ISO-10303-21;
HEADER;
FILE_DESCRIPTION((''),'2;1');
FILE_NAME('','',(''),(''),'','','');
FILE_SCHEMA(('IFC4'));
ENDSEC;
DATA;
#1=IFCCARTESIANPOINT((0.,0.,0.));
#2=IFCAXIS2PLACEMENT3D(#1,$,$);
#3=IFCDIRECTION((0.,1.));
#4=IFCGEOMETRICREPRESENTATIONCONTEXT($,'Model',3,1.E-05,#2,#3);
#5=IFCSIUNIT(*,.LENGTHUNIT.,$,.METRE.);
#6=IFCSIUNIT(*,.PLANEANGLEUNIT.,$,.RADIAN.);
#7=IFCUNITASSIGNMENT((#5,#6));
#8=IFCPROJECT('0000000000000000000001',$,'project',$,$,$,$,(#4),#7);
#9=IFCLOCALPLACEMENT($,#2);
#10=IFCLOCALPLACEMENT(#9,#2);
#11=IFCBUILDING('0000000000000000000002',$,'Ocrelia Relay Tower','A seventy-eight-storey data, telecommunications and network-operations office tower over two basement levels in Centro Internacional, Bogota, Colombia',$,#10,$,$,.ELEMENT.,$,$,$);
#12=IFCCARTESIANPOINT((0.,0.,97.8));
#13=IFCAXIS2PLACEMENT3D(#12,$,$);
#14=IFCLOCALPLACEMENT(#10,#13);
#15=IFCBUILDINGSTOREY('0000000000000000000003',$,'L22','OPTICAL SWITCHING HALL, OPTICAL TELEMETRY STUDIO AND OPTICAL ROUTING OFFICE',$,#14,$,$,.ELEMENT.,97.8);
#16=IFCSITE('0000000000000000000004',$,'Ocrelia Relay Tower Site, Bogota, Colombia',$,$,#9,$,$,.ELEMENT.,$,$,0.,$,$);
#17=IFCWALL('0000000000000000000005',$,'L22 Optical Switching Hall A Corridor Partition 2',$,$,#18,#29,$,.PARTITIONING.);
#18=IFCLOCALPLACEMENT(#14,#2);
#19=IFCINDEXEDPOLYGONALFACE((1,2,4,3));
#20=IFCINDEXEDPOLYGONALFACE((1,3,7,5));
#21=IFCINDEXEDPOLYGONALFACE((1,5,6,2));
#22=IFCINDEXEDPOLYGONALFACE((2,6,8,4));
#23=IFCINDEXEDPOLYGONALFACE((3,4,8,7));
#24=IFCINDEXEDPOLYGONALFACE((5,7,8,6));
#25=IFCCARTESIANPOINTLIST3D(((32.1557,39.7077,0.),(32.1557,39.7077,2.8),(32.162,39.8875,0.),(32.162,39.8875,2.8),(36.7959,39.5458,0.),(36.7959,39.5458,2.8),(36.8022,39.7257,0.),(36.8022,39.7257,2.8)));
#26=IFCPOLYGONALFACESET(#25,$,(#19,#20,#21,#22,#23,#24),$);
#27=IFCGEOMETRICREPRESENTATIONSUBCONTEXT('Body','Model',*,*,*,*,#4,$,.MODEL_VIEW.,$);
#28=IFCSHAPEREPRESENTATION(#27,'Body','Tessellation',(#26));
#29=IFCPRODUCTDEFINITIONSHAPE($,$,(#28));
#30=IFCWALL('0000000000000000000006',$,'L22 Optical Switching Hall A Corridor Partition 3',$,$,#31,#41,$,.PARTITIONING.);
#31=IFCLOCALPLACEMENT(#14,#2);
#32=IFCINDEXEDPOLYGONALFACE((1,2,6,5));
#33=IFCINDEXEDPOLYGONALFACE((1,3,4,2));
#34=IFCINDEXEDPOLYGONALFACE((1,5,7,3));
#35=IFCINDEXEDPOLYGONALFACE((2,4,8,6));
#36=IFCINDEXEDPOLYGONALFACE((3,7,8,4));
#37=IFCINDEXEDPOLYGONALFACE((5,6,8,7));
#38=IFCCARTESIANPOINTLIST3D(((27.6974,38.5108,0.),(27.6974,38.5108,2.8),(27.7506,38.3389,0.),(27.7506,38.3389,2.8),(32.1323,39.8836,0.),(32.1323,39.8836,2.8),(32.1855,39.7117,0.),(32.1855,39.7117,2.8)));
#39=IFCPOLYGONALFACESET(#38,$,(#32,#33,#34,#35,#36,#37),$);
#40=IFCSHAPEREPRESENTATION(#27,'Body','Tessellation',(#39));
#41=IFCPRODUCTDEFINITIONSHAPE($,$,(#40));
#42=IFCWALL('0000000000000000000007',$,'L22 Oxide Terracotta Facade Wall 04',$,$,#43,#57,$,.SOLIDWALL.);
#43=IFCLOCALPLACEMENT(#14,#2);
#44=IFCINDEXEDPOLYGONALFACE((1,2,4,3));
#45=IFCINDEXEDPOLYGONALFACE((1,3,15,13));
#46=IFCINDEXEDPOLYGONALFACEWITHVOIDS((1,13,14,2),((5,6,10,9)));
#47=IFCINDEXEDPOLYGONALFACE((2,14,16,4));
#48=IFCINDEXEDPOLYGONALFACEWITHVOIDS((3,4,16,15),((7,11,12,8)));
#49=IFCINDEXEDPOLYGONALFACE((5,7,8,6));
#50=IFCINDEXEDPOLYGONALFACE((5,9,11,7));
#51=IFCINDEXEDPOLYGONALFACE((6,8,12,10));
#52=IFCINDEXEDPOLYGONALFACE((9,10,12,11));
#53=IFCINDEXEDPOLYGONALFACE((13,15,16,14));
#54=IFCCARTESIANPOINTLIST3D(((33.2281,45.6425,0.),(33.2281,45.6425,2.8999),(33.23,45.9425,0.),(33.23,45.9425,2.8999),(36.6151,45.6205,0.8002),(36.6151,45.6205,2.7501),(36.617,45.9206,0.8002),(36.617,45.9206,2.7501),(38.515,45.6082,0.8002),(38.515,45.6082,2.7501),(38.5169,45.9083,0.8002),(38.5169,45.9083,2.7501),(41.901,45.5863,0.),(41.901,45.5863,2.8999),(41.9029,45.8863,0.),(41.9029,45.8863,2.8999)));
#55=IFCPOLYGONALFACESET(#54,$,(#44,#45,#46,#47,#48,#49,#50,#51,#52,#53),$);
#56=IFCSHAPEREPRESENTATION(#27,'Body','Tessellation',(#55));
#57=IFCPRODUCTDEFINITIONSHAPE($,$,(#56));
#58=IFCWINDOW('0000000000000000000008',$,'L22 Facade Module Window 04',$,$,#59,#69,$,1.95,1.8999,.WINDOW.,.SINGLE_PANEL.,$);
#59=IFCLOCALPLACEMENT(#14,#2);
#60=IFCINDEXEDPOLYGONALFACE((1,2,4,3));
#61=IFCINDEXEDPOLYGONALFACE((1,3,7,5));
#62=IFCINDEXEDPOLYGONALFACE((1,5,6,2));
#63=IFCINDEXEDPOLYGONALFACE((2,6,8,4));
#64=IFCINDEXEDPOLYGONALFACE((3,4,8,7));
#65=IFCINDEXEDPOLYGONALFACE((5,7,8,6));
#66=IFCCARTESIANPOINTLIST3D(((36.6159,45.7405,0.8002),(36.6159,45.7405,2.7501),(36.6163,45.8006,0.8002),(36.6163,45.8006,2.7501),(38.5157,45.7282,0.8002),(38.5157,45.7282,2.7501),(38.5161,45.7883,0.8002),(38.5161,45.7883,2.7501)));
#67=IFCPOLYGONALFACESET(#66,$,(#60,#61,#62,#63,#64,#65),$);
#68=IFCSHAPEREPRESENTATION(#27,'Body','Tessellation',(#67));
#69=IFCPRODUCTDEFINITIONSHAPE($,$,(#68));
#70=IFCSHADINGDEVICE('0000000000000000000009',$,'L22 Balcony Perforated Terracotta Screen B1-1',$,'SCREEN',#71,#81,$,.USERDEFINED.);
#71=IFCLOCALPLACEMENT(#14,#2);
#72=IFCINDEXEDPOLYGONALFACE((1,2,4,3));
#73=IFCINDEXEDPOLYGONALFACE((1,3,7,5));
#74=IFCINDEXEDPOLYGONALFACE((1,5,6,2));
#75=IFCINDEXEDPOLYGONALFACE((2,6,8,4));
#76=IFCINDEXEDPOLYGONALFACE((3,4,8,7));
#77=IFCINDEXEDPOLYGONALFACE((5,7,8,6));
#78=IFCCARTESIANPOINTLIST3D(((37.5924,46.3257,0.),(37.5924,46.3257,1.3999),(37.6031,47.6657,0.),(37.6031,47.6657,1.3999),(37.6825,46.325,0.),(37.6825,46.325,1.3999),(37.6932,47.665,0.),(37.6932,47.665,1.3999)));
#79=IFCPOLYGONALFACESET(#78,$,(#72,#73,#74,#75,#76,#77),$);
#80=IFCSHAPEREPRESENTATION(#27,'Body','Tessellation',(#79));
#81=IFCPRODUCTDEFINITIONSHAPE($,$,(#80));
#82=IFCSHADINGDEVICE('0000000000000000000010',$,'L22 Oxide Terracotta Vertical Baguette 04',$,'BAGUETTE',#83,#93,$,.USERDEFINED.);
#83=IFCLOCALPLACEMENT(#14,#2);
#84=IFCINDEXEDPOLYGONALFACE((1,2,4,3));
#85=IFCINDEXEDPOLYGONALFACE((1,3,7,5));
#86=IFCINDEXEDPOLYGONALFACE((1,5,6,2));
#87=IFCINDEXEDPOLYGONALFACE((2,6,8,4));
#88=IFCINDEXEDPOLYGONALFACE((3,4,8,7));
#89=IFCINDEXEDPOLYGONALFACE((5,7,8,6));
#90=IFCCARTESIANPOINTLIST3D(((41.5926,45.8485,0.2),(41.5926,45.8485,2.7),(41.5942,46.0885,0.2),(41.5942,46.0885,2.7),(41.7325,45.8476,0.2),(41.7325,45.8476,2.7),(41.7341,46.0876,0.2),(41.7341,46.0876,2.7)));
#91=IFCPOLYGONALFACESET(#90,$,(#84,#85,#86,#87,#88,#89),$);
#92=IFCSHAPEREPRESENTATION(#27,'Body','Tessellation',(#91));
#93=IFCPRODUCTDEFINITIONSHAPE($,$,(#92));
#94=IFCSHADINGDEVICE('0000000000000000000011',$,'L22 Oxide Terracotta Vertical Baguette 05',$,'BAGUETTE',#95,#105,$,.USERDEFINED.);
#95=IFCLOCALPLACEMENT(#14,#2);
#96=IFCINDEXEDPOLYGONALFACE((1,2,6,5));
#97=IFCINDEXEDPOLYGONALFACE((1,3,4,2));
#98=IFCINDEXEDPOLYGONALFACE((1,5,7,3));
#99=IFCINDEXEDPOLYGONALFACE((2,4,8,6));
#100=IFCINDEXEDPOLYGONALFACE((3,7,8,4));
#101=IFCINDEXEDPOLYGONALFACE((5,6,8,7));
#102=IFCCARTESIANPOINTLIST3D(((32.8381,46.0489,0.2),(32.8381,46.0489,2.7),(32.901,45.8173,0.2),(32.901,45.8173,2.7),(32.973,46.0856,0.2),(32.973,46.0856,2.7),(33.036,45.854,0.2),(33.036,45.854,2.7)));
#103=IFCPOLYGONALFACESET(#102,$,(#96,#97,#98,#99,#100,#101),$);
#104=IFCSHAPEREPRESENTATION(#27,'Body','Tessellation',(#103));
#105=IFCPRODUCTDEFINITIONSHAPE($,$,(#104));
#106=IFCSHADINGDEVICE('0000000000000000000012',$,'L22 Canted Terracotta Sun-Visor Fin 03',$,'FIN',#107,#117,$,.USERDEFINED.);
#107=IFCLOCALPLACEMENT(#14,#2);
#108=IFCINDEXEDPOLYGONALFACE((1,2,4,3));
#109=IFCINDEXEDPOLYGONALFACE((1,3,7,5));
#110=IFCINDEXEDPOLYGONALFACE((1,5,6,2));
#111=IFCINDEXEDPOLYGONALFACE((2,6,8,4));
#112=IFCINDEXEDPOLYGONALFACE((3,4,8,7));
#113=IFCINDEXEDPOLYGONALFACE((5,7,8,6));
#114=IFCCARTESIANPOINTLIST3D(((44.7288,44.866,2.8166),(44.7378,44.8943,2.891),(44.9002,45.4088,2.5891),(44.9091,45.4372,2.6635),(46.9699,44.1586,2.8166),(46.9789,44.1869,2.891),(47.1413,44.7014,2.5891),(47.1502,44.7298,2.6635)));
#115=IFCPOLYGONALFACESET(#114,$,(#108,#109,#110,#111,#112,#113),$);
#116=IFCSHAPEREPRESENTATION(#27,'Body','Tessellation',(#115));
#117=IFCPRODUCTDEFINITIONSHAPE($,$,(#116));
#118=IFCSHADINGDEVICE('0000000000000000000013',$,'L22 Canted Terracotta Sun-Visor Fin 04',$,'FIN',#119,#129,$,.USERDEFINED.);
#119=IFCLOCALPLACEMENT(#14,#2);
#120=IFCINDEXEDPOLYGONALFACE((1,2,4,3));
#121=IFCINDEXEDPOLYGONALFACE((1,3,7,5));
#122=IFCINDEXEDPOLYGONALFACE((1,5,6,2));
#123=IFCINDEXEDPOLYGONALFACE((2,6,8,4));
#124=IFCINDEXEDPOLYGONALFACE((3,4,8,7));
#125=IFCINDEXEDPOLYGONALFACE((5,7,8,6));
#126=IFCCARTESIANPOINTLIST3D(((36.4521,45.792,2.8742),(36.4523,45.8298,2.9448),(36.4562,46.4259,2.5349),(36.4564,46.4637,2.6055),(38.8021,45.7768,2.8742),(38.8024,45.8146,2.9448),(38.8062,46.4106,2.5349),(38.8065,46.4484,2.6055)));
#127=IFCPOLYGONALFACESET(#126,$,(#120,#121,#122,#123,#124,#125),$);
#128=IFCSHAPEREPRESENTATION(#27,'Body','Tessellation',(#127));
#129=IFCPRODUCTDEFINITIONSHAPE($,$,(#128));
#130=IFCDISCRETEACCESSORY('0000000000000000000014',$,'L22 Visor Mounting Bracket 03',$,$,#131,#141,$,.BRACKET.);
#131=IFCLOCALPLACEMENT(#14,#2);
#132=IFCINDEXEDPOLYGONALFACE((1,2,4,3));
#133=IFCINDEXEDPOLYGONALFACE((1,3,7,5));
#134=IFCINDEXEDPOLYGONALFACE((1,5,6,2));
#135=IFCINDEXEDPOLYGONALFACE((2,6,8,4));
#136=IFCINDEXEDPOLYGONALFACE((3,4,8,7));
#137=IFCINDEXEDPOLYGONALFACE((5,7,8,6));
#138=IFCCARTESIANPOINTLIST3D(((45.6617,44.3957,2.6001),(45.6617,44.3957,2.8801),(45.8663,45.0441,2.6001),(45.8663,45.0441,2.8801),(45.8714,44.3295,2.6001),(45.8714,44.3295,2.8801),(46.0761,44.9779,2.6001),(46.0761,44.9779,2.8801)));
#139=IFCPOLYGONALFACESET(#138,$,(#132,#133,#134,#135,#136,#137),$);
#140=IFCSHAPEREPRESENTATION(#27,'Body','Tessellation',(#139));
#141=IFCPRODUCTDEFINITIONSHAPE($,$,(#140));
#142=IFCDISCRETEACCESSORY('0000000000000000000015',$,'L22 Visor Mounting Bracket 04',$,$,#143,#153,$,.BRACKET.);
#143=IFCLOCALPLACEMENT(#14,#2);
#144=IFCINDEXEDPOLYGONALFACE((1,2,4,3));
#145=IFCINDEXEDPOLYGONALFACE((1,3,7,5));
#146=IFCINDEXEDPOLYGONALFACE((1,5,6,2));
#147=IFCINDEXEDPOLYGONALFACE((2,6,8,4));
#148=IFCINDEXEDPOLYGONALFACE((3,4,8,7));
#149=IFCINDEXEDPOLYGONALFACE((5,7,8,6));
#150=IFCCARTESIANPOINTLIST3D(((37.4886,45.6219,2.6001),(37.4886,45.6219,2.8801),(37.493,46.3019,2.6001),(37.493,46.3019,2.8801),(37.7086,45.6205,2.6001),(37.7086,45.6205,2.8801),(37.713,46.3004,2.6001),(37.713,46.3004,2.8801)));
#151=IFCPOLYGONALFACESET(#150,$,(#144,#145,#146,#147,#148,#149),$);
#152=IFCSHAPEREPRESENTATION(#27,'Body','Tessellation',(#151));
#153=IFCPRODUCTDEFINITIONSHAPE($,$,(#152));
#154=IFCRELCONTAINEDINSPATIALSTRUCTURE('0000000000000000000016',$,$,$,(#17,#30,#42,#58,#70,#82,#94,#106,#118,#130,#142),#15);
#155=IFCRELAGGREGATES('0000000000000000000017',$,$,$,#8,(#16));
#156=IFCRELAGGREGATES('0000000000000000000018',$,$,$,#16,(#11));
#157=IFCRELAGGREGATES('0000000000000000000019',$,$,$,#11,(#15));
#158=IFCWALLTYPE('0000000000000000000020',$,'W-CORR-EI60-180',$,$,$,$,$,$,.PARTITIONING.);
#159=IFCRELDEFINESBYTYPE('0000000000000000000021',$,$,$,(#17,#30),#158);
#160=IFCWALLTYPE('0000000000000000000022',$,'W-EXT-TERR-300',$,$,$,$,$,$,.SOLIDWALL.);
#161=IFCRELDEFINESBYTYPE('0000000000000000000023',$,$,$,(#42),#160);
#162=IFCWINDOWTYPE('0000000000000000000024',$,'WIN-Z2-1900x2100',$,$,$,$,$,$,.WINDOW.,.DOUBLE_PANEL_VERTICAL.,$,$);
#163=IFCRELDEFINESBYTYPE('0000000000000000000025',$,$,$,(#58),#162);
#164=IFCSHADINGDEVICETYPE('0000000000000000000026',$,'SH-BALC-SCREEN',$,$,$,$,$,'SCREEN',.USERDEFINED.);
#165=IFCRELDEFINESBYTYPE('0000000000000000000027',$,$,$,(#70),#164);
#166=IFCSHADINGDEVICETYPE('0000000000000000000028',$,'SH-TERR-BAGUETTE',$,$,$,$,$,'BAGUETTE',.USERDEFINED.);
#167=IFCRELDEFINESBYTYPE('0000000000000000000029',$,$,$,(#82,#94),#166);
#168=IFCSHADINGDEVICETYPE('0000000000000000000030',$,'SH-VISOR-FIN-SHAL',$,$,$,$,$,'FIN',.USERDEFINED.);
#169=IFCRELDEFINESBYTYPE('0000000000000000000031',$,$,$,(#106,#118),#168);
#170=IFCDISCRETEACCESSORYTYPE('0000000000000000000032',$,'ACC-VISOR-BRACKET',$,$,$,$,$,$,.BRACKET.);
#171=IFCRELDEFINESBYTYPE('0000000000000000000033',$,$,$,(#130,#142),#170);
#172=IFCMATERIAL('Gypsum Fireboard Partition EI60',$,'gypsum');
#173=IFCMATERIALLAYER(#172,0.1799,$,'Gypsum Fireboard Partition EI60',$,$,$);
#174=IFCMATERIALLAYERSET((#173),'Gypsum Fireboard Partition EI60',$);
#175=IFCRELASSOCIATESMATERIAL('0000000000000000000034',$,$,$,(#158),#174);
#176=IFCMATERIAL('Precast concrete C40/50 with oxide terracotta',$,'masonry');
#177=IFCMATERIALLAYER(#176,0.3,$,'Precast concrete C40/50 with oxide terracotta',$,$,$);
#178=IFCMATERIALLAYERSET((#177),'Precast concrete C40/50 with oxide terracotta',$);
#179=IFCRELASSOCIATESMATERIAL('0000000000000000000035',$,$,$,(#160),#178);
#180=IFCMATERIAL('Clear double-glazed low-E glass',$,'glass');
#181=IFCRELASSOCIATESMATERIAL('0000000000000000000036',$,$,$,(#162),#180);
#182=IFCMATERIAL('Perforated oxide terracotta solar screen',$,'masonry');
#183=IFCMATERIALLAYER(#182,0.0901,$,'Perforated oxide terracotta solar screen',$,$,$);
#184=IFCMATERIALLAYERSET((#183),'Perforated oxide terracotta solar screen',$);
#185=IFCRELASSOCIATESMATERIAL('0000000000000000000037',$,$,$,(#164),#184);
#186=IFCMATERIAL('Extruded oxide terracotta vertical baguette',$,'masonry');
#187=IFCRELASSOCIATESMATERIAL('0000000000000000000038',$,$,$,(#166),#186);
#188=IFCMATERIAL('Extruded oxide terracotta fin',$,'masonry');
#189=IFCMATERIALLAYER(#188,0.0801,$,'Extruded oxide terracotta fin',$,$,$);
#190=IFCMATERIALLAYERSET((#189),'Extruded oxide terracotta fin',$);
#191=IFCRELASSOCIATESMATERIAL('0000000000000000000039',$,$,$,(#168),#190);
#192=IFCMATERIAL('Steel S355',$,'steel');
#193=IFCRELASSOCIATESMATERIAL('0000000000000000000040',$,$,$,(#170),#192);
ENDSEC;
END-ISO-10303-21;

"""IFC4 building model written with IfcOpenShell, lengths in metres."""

from ifc_helpers import new_model, si_unit, direction, frame, frame_2d, origin, origin_2d, place, context, subcontext, project, spatial, rectangle, extrude, material, layer, layer_set, type_object, element, fill, save


model = new_model("IFC4")

# Units and contexts
model_context = context("Model", 3, precision=1e-05, world=origin(), true_north=direction((0.0, 1.0)))
body_context = subcontext(model_context, "Body", "Model", "MODEL_VIEW")
ifc_project = project(units=[si_unit("LENGTHUNIT", "METRE"), si_unit("PLANEANGLEUNIT", "RADIAN")], contexts=[model_context])

# Site, building, storey
site_placement = place(None, origin())
site = spatial("IfcSite", under=ifc_project, at=site_placement, Name="Ocrelia Relay Tower Site, Bogota, Colombia", CompositionType="ELEMENT", RefElevation=0.0)
building_placement = place(site_placement, origin())
building = spatial("IfcBuilding", under=site, at=building_placement, Name="Ocrelia Relay Tower", Description="A seventy-eight-storey data, telecommunications and network-operations office tower over two basement levels in Centro Internacional, Bogota, Colombia", CompositionType="ELEMENT")
storey_placement = place(building_placement, frame((0.0, 0.0, 97.8)))
storey = spatial("IfcBuildingStorey", under=building, at=storey_placement, Name="L22", Description="OPTICAL SWITCHING HALL, OPTICAL TELEMETRY STUDIO AND OPTICAL ROUTING OFFICE", CompositionType="ELEMENT", Elevation=97.8)

# Shared definitions
ifc_material_1 = material(Name="Steel S355", Category="steel")

# Shared definitions
ifc_material_2 = material(Name="Gypsum Fireboard Partition EI60", Category="gypsum")
ifc_layer_1 = layer(ifc_material_2, 0.1799, Name="Gypsum Fireboard Partition EI60")
ifc_layer_set_1 = layer_set([ifc_layer_1], Name="Gypsum Fireboard Partition EI60")
wall_type_1 = type_object("IfcWallType", Name="W-CORR-EI60-180", PredefinedType="PARTITIONING", material=ifc_layer_set_1)

# Walls
wall_1_placement = place(storey_placement, frame((36.7991, 39.6357, 0.0), z_axis=(0.0, 0.0, 1.0), x_axis=(-0.999392, 0.034863, 0.0)))
element("IfcWall", 1, at=wall_1_placement, inside=storey, type_object=wall_type_1, Name="L22 Optical Switching Hall A Corridor Partition 2", PredefinedType="PARTITIONING", context=body_context, shape_type="SweptSolid", body=[
    extrude(rectangle(XDim=4.6431, YDim=0.1799, at=frame_2d((2.3215, 0.0))), origin(), (0.0, 0.0, 1.0), 2.8),
])
wall_2_placement = place(storey_placement, frame((32.1589, 39.7976, 0.0), z_axis=(0.0, 0.0, 1.0), x_axis=(-0.955283, -0.295693, 0.0)))
element("IfcWall", 2, at=wall_2_placement, inside=storey, type_object=wall_type_1, Name="L22 Optical Switching Hall A Corridor Partition 3", PredefinedType="PARTITIONING", context=body_context, shape_type="SweptSolid", body=[
    extrude(rectangle(XDim=4.6426, YDim=0.1799, at=frame_2d((2.3213, 0.0))), origin(), (0.0, 0.0, 1.0), 2.8),
])

# Wall, opening, window
ifc_material_3 = material(Name="Precast concrete C40/50 with oxide terracotta", Category="masonry")
ifc_layer_2 = layer(ifc_material_3, 0.3, Name="Precast concrete C40/50 with oxide terracotta")
ifc_layer_set_2 = layer_set([ifc_layer_2], Name="Precast concrete C40/50 with oxide terracotta")
wall_type_2 = type_object("IfcWallType", Name="W-EXT-TERR-300", PredefinedType="SOLIDWALL", material=ifc_layer_set_2)
wall_3_placement = place(storey_placement, frame((41.9019, 45.7363, 0.0), z_axis=(0.0, 0.0, 1.0), x_axis=(-0.999979, 0.006474, 0.0)))
wall_3 = element("IfcWall", 3, at=wall_3_placement, inside=storey, type_object=wall_type_2, Name="L22 Oxide Terracotta Facade Wall 04", PredefinedType="SOLIDWALL", context=body_context, shape_type="SweptSolid", body=[
    extrude(rectangle(XDim=8.6731, YDim=0.3, at=frame_2d((4.3364, 0.0))), origin(), (0.0, 0.0, 1.0), 2.8999),
])
opening_1_placement = place(wall_3_placement, frame((3.386, 0.0, 0.8)))
opening_1 = element("IfcOpeningElement", 4, at=opening_1_placement, cuts=wall_3, PredefinedType="OPENING", context=body_context, shape_type="SweptSolid", body=[
    extrude(rectangle(XDim=1.8999, YDim=1.95, at=frame_2d((0.95, 0.9751))), frame((0.0, 0.1602, 0.0), z_axis=(0.0, -1.0, 0.0), x_axis=(1.0, 0.0, 0.0)), (0.0, 0.0, 1.0), 0.3201),
])
ifc_material_4 = material(Name="Clear double-glazed low-E glass", Category="glass")
window_type = type_object("IfcWindowType", Name="WIN-Z2-1900x2100", PartitioningType="DOUBLE_PANEL_VERTICAL", PredefinedType="WINDOW", material=ifc_material_4)
window_placement = place(opening_1_placement, origin())
window = element("IfcWindow", 5, at=window_placement, inside=storey, type_object=window_type, Name="L22 Facade Module Window 04", OverallHeight=1.95, OverallWidth=1.8999, PartitioningType="SINGLE_PANEL", PredefinedType="WINDOW", context=body_context, shape_type="SweptSolid", body=[
    extrude(rectangle(XDim=1.8999, YDim=1.95, at=frame_2d((0.95, 0.9751))), frame((0.0, 0.03, 0.0), z_axis=(0.0, -1.0, 0.0), x_axis=(1.0, 0.0, 0.0)), (0.0, 0.0, 1.0), 0.0601),
])
fill(opening_1, window)

# Shading devices
ifc_material_5 = material(Name="Perforated oxide terracotta solar screen", Category="masonry")
ifc_layer_3 = layer(ifc_material_5, 0.0901, Name="Perforated oxide terracotta solar screen")
ifc_layer_set_3 = layer_set([ifc_layer_3], Name="Perforated oxide terracotta solar screen")
shading_device_type_1 = type_object("IfcShadingDeviceType", Name="SH-BALC-SCREEN", ElementType="SCREEN", PredefinedType="USERDEFINED", material=ifc_layer_set_3)
shading_device_1_placement = place(storey_placement, frame((37.6428, 46.9954, 0.0), z_axis=(0.0, 0.0, 1.0), x_axis=(0.007966, 0.999968, 0.0)))
element("IfcShadingDevice", 6, at=shading_device_1_placement, inside=storey, type_object=shading_device_type_1, Name="L22 Balcony Perforated Terracotta Screen B1-1", ObjectType="SCREEN", PredefinedType="USERDEFINED", context=body_context, shape_type="SweptSolid", body=[
    extrude(rectangle(XDim=1.3401, YDim=0.0901, at=origin_2d()), origin(), (0.0, 0.0, 1.0), 1.3999),
])
ifc_material_6 = material(Name="Extruded oxide terracotta vertical baguette", Category="masonry")
shading_device_type_2 = type_object("IfcShadingDeviceType", Name="SH-TERR-BAGUETTE", ElementType="BAGUETTE", PredefinedType="USERDEFINED", material=ifc_material_6)
for number, where, z_axis, x_axis, name in (
    (7, (41.6633, 45.968, 0.2), (0.0, 0.0, 1.0), (-0.999979, 0.00648, 0.0), "L22 Oxide Terracotta Vertical Baguette 04"),
    (8, (32.937, 45.9514, 0.2), (0.0, 0.0, 1.0), (-0.965015, -0.262194, 0.0), "L22 Oxide Terracotta Vertical Baguette 05"),
):
    element("IfcShadingDevice", number, at=place(storey_placement, frame(where, z_axis=z_axis, x_axis=x_axis)), inside=storey, type_object=shading_device_type_2, Name=name, ObjectType="BAGUETTE", PredefinedType="USERDEFINED", context=body_context, shape_type="SweptSolid", body=[
        extrude(rectangle(XDim=0.1399, YDim=0.24, at=origin_2d()), origin(), (0.0, 0.0, 1.0), 2.5),
    ])
ifc_material_7 = material(Name="Extruded oxide terracotta fin", Category="masonry")
ifc_layer_4 = layer(ifc_material_7, 0.0801, Name="Extruded oxide terracotta fin")
ifc_layer_set_4 = layer_set([ifc_layer_4], Name="Extruded oxide terracotta fin")
shading_device_type_3 = type_object("IfcShadingDeviceType", Name="SH-VISOR-FIN-SHAL", ElementType="FIN", PredefinedType="USERDEFINED", material=ifc_layer_set_4)
shading_device_2_placement = place(storey_placement, frame((45.9351, 44.7837, 2.7029), z_axis=(0.111687, 0.353835, 0.928615), x_axis=(-0.953622, 0.301008, 0.0)))
element("IfcShadingDevice", 9, at=shading_device_2_placement, inside=storey, type_object=shading_device_type_3, Name="L22 Canted Terracotta Sun-Visor Fin 03", ObjectType="FIN", PredefinedType="USERDEFINED", context=body_context, shape_type="SweptSolid", body=[
    extrude(rectangle(XDim=2.3501, YDim=0.613, at=origin_2d()), origin(), (0.0, 0.0, 1.0), 0.0801),
])
shading_device_3_placement = place(storey_placement, frame((37.6292, 46.1013, 2.7046), z_axis=(0.003058, 0.471925, 0.881633), x_axis=(-0.999979, 0.00648, 0.0)))
element("IfcShadingDevice", 10, at=shading_device_3_placement, inside=storey, type_object=shading_device_type_3, Name="L22 Canted Terracotta Sun-Visor Fin 04", ObjectType="FIN", PredefinedType="USERDEFINED", context=body_context, shape_type="SweptSolid", body=[
    extrude(rectangle(XDim=2.3501, YDim=0.719, at=origin_2d()), origin(), (0.0, 0.0, 1.0), 0.0801),
])

# Discrete accessories
discrete_accessory_type = type_object("IfcDiscreteAccessoryType", Name="ACC-VISOR-BRACKET", PredefinedType="BRACKET", material=ifc_material_1)
for number, where, z_axis, x_axis, name in (
    (11, (45.8689, 44.6868, 2.6001), (0.0, 0.0, 1.0), (-0.953622, 0.301008, 0.0), "L22 Visor Mounting Bracket 03"),
    (12, (37.6008, 45.9612, 2.6001), (0.0, 0.0, 1.0), (-0.999979, 0.00648, 0.0), "L22 Visor Mounting Bracket 04"),
):
    element("IfcDiscreteAccessory", number, at=place(storey_placement, frame(where, z_axis=z_axis, x_axis=x_axis)), inside=storey, type_object=discrete_accessory_type, Name=name, PredefinedType="BRACKET", context=body_context, shape_type="SweptSolid", body=[
        extrude(rectangle(XDim=0.22, YDim=0.6799, at=origin_2d()), origin(), (0.0, 0.0, 1.0), 0.28),
    ])

save(model, "model.ifc")
